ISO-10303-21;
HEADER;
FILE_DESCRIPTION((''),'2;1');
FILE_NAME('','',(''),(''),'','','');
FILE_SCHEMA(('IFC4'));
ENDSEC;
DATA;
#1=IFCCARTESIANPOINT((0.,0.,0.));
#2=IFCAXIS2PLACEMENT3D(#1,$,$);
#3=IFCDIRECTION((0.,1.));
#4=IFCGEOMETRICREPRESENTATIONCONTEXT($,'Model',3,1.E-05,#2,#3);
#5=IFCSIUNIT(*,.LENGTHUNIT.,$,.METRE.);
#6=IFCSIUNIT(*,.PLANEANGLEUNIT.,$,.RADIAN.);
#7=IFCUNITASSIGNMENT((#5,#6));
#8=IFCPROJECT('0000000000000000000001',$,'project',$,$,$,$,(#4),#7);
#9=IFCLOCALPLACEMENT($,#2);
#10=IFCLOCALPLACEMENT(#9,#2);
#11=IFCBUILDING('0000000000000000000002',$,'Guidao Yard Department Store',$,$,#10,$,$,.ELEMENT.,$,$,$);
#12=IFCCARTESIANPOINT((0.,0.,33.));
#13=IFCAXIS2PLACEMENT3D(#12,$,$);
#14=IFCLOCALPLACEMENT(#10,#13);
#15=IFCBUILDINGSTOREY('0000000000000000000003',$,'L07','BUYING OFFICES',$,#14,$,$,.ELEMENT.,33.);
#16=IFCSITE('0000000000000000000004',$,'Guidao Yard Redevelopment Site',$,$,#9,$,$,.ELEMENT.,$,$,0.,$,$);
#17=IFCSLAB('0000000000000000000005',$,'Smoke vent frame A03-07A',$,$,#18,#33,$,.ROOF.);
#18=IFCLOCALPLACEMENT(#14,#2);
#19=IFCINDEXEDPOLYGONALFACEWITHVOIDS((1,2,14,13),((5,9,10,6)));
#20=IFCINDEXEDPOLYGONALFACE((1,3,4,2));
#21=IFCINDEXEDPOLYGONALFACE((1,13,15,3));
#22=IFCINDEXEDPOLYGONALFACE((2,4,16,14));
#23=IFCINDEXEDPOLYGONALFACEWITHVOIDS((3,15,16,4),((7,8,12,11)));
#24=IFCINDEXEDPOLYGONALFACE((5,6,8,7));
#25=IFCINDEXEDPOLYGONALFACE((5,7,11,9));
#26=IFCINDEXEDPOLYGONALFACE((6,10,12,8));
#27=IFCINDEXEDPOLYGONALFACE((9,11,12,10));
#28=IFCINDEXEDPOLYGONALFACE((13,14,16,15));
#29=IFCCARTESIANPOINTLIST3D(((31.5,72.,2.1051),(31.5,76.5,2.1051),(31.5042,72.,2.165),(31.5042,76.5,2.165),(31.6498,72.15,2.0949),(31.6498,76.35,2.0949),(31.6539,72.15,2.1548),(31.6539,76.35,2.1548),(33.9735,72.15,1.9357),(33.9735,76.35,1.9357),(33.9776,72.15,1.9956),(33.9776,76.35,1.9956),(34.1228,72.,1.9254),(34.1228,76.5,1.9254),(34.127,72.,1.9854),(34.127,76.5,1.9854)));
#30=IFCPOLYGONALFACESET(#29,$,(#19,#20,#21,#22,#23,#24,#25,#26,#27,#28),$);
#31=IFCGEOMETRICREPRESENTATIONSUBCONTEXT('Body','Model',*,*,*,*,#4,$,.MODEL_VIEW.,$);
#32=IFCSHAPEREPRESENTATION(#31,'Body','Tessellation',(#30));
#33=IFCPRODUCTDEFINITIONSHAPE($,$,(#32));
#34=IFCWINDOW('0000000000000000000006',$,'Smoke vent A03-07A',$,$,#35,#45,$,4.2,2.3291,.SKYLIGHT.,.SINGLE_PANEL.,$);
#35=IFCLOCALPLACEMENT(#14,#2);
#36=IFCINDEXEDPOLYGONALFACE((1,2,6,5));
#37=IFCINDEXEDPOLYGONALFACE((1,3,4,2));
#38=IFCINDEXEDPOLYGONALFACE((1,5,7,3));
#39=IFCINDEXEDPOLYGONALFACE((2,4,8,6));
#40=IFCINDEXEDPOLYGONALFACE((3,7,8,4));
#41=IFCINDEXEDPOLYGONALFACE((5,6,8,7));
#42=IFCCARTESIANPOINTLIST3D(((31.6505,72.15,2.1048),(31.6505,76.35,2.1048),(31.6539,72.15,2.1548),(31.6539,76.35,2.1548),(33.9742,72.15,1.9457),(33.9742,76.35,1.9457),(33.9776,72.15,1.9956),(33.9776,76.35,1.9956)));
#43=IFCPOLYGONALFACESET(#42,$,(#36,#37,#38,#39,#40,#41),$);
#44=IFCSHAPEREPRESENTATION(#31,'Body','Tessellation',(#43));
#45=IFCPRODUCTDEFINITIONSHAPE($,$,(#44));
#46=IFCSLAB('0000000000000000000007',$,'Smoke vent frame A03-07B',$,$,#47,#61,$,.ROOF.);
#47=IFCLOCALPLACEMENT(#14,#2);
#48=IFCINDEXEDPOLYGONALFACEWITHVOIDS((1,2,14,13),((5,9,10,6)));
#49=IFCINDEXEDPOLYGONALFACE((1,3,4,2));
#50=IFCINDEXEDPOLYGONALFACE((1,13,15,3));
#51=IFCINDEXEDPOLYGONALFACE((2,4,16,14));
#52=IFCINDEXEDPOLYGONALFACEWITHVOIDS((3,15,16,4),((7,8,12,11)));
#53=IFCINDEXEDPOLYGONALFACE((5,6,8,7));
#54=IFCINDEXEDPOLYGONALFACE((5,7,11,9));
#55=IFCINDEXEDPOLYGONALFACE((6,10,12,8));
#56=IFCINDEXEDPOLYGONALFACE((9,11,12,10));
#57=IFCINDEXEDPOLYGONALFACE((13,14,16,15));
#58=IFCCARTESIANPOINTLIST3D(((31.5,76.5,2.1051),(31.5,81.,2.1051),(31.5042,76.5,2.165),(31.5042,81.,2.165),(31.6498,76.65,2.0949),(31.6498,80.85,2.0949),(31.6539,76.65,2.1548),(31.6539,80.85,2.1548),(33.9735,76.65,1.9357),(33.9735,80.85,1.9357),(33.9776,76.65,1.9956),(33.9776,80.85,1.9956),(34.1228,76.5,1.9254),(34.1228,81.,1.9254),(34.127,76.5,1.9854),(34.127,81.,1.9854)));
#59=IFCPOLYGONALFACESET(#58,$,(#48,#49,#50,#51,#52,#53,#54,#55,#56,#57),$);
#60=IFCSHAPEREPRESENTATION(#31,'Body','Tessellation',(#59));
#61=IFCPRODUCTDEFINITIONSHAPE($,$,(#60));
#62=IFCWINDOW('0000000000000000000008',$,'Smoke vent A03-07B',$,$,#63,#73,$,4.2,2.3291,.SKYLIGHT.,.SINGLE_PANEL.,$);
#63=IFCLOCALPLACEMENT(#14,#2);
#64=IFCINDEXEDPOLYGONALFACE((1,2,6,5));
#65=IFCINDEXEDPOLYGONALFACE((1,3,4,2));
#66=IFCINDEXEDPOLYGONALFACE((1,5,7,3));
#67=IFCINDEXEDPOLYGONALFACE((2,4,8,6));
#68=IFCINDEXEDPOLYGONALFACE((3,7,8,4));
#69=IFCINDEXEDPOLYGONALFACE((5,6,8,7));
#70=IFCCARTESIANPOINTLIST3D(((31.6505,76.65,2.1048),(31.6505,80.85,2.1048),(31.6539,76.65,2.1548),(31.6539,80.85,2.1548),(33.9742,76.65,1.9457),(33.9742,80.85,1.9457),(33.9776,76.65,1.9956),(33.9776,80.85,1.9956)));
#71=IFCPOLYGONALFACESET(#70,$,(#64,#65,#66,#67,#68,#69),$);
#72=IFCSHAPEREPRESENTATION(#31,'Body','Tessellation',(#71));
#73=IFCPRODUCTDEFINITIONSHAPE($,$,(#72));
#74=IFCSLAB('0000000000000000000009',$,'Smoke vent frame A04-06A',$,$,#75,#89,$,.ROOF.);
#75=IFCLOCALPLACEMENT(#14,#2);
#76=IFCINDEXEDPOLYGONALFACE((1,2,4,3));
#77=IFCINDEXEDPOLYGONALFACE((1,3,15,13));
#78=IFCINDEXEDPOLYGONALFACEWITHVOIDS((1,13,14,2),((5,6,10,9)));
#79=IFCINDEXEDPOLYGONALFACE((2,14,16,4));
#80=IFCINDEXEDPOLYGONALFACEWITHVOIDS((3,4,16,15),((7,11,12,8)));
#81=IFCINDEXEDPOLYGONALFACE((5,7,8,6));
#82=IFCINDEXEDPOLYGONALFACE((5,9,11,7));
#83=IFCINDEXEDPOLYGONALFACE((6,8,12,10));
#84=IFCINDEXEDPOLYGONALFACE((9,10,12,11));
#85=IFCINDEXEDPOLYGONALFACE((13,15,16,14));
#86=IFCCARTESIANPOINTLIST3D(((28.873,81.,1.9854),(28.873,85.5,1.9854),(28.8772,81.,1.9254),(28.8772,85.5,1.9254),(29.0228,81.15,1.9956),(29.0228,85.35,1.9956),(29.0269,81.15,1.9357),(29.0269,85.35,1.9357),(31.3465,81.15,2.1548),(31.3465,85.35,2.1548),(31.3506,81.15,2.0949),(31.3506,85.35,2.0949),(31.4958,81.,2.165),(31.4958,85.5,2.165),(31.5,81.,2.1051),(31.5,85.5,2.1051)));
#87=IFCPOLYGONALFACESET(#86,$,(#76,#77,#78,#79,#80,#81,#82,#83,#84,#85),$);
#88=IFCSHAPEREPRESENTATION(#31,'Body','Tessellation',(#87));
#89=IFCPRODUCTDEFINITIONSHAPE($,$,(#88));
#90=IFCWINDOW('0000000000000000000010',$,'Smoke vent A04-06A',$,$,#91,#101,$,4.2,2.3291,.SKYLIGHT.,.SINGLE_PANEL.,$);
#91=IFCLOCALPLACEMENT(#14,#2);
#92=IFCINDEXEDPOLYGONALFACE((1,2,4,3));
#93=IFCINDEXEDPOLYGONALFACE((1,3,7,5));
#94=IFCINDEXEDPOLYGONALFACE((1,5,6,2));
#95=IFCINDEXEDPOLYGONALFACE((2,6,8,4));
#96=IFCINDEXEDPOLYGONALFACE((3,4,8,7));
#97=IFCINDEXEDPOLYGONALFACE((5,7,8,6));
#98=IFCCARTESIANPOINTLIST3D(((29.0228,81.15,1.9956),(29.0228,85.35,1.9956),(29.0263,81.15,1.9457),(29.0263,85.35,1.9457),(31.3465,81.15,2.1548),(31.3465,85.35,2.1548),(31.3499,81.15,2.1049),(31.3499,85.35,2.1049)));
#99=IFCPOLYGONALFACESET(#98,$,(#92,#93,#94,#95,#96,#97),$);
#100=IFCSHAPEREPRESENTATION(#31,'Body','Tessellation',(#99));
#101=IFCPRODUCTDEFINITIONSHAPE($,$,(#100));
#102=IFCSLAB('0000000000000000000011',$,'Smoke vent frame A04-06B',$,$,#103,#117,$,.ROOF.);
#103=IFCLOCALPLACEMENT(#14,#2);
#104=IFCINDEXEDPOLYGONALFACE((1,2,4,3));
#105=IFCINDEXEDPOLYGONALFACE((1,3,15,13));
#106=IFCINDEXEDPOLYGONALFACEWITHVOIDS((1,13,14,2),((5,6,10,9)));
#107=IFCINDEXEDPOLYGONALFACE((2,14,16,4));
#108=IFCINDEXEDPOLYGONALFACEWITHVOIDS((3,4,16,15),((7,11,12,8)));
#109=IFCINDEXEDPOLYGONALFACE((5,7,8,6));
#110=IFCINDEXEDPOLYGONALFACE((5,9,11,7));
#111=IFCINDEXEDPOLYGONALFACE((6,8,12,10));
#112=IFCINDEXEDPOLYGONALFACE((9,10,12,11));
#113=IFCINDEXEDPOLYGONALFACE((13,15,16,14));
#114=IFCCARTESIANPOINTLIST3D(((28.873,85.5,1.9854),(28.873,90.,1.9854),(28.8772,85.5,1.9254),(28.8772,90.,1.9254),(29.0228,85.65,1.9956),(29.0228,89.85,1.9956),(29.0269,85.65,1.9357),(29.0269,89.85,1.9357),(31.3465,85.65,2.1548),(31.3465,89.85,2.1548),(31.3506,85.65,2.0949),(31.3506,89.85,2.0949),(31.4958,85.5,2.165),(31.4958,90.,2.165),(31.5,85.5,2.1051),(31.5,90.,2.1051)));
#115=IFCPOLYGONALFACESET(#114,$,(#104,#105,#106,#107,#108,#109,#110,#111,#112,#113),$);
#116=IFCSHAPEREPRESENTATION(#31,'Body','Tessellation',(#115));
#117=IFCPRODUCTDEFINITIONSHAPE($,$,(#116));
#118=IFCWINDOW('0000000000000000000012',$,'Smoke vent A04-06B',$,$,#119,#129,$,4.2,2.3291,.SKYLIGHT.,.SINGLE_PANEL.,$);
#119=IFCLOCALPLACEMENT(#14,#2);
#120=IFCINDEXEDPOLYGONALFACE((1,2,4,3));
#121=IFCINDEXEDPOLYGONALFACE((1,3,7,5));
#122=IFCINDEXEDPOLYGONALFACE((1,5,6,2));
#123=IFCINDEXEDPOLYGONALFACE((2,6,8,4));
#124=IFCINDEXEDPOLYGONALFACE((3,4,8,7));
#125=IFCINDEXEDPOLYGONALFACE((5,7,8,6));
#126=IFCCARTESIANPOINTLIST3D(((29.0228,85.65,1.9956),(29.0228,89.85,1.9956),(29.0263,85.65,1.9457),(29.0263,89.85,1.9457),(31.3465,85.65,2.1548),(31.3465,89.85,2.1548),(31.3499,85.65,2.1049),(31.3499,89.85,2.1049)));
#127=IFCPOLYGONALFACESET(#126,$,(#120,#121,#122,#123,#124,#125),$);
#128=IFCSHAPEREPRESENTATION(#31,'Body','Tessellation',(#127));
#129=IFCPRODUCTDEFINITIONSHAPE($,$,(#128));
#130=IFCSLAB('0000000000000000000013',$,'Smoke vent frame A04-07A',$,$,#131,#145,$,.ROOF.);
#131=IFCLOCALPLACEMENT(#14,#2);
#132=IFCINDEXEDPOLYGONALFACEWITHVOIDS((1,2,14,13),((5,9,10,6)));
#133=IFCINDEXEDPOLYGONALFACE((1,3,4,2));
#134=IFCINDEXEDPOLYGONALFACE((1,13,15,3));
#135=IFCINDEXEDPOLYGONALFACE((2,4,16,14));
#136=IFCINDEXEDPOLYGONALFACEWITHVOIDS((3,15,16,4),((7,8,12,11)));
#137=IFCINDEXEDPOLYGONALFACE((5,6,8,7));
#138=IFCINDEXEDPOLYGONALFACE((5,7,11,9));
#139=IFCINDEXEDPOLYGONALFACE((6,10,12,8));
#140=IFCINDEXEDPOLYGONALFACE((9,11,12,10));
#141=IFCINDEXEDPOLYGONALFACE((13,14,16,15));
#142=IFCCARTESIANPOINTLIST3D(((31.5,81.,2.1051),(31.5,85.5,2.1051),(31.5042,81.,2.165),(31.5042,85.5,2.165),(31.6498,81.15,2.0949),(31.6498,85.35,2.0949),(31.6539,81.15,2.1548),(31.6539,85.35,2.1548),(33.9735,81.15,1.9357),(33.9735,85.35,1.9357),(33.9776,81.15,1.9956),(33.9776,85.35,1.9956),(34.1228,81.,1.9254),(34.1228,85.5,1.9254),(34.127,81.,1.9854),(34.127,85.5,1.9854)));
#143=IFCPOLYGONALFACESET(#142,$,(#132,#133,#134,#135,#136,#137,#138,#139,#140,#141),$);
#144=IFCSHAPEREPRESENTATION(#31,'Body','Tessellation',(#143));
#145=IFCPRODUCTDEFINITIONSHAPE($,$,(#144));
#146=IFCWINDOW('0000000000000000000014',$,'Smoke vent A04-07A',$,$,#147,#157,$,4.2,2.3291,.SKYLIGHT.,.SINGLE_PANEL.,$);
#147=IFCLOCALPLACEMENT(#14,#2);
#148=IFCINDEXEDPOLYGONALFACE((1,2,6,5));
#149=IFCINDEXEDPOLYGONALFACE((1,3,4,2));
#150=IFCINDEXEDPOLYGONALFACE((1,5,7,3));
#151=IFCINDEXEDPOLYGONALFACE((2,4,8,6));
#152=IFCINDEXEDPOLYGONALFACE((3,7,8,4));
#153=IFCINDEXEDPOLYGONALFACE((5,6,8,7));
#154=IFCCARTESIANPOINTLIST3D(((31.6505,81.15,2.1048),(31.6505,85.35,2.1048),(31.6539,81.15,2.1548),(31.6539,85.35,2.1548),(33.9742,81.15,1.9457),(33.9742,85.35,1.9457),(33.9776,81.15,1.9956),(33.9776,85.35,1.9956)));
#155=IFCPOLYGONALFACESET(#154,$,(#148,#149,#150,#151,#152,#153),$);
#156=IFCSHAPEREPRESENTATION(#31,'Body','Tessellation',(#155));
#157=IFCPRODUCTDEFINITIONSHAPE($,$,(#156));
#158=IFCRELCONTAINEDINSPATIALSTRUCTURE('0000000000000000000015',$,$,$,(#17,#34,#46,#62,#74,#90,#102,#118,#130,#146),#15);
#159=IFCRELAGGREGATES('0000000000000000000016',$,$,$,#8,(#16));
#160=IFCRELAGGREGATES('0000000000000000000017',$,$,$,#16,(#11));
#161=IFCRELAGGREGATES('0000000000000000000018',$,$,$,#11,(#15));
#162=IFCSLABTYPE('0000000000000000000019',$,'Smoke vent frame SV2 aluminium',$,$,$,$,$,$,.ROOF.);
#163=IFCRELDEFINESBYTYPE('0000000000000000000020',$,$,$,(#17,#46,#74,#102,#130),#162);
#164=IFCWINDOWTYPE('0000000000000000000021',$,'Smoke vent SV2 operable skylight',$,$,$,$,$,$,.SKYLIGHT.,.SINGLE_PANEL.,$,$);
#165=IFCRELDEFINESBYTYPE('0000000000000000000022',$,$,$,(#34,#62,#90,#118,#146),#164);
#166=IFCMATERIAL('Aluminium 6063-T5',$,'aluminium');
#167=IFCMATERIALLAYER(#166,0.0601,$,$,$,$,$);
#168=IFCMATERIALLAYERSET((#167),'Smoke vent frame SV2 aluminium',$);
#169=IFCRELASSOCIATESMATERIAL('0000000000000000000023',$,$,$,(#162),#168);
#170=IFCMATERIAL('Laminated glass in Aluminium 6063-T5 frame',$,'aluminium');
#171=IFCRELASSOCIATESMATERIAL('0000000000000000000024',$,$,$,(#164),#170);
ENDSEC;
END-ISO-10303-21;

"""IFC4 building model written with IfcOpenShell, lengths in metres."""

from ifc_helpers import new_model, si_unit, direction, frame, origin, origin_2d, place, context, subcontext, project, spatial, polyline, rectangle, outline, extrude, material, layer, layer_set, type_object, element, fill, save


model = new_model("IFC4")

# Units and contexts
model_context = context("Model", 3, precision=1e-05, world=origin(), true_north=direction((0.0, 1.0)))
body_context = subcontext(model_context, "Body", "Model", "MODEL_VIEW")
ifc_project = project(units=[si_unit("LENGTHUNIT", "METRE"), si_unit("PLANEANGLEUNIT", "RADIAN")], contexts=[model_context])

# Site, building, storey
site_placement = place(None, origin())
site = spatial("IfcSite", under=ifc_project, at=site_placement, Name="Guidao Yard Redevelopment Site", CompositionType="ELEMENT", RefElevation=0.0)
building_placement = place(site_placement, origin())
building = spatial("IfcBuilding", under=site, at=building_placement, Name="Guidao Yard Department Store", CompositionType="ELEMENT")
storey_placement = place(building_placement, frame((0.0, 0.0, 33.0)))
storey = spatial("IfcBuildingStorey", under=building, at=storey_placement, Name="L07", Description="BUYING OFFICES", CompositionType="ELEMENT", Elevation=33.0)

# Slabs, openings, windows
ifc_material_1 = material(Name="Aluminium 6063-T5", Category="aluminium")
ifc_layer = layer(ifc_material_1, 0.0601)
ifc_layer_set = layer_set([ifc_layer], Name="Smoke vent frame SV2 aluminium")
slab_type = type_object("IfcSlabType", Name="Smoke vent frame SV2 aluminium", PredefinedType="ROOF", material=ifc_layer_set)
ifc_material_2 = material(Name="Laminated glass in Aluminium 6063-T5 frame", Category="aluminium")
window_type = type_object("IfcWindowType", Name="Smoke vent SV2 operable skylight", PartitioningType="SINGLE_PANEL", PredefinedType="SKYLIGHT", material=ifc_material_2)
slab_1_placement = place(storey_placement, frame((31.5042, 72.0, 2.165), z_axis=(0.06835, 0.0, 0.997661), x_axis=(0.997661, 0.0, -0.06835)))
slab_1 = element("IfcSlab", 1, at=slab_1_placement, inside=storey, type_object=slab_type, Name="Smoke vent frame A03-07A", PredefinedType="ROOF", context=body_context, shape_type="SweptSolid", body=[
    extrude(outline(polyline([(0.0, 0.0), (2.629, 0.0), (2.629, 4.5), (0.0, 4.5), (0.0, 0.0)])), origin(), (0.0, 0.0, -1.0), 0.0601),
])
opening_1_placement = place(slab_1_placement, frame((1.3147, 2.25, 0.0)))
opening_1 = element("IfcOpeningElement", 2, at=opening_1_placement, cuts=slab_1, PredefinedType="OPENING", context=body_context, shape_type="SweptSolid", body=[
    extrude(rectangle(XDim=2.3291, YDim=4.2, at=origin_2d()), frame((0.0, 0.0, 0.01)), (0.0, 0.0, -1.0), 0.0801),
])
window_1_placement = place(opening_1_placement, frame((0.0, 0.0, -0.05)))
window_1 = element("IfcWindow", 3, at=window_1_placement, inside=storey, type_object=window_type, Name="Smoke vent A03-07A", OverallHeight=4.2, OverallWidth=2.3291, PartitioningType="SINGLE_PANEL", PredefinedType="SKYLIGHT", context=body_context, shape_type="SweptSolid", body=[
    extrude(rectangle(XDim=2.3291, YDim=4.2, at=origin_2d()), origin(), (0.0, 0.0, 1.0), 0.05),
])
fill(opening_1, window_1)
slab_2_placement = place(storey_placement, frame((31.5042, 76.5, 2.165), z_axis=(0.06835, 0.0, 0.997661), x_axis=(0.997661, 0.0, -0.06835)))
slab_2 = element("IfcSlab", 4, at=slab_2_placement, inside=storey, type_object=slab_type, Name="Smoke vent frame A03-07B", PredefinedType="ROOF", context=body_context, shape_type="SweptSolid", body=[
    extrude(outline(polyline([(0.0, 0.0), (2.629, 0.0), (2.629, 4.5), (0.0, 4.5), (0.0, 0.0)])), origin(), (0.0, 0.0, -1.0), 0.0601),
])
opening_2_placement = place(slab_2_placement, frame((1.3147, 2.25, 0.0)))
opening_2 = element("IfcOpeningElement", 5, at=opening_2_placement, cuts=slab_2, PredefinedType="OPENING", context=body_context, shape_type="SweptSolid", body=[
    extrude(rectangle(XDim=2.3291, YDim=4.2, at=origin_2d()), frame((0.0, 0.0, 0.01)), (0.0, 0.0, -1.0), 0.0801),
])
window_2_placement = place(opening_2_placement, frame((0.0, 0.0, -0.05)))
window_2 = element("IfcWindow", 6, at=window_2_placement, inside=storey, type_object=window_type, Name="Smoke vent A03-07B", OverallHeight=4.2, OverallWidth=2.3291, PartitioningType="SINGLE_PANEL", PredefinedType="SKYLIGHT", context=body_context, shape_type="SweptSolid", body=[
    extrude(rectangle(XDim=2.3291, YDim=4.2, at=origin_2d()), origin(), (0.0, 0.0, 1.0), 0.05),
])
fill(opening_2, window_2)
slab_3_placement = place(storey_placement, frame((28.873, 81.0, 1.9854), z_axis=(-0.06835, 0.0, 0.997661), x_axis=(0.997661, 0.0, 0.06835)))
slab_3 = element("IfcSlab", 7, at=slab_3_placement, inside=storey, type_object=slab_type, Name="Smoke vent frame A04-06A", PredefinedType="ROOF", context=body_context, shape_type="SweptSolid", body=[
    extrude(outline(polyline([(0.0, 0.0), (2.629, 0.0), (2.629, 4.5), (0.0, 4.5), (0.0, 0.0)])), origin(), (0.0, 0.0, -1.0), 0.0601),
])
opening_3_placement = place(slab_3_placement, frame((1.3147, 2.25, 0.0)))
opening_3 = element("IfcOpeningElement", 8, at=opening_3_placement, cuts=slab_3, PredefinedType="OPENING", context=body_context, shape_type="SweptSolid", body=[
    extrude(rectangle(XDim=2.3291, YDim=4.2, at=origin_2d()), frame((0.0, 0.0, 0.01)), (0.0, 0.0, -1.0), 0.0801),
])
window_3_placement = place(opening_3_placement, frame((0.0, 0.0, -0.05)))
window_3 = element("IfcWindow", 9, at=window_3_placement, inside=storey, type_object=window_type, Name="Smoke vent A04-06A", OverallHeight=4.2, OverallWidth=2.3291, PartitioningType="SINGLE_PANEL", PredefinedType="SKYLIGHT", context=body_context, shape_type="SweptSolid", body=[
    extrude(rectangle(XDim=2.3291, YDim=4.2, at=origin_2d()), origin(), (0.0, 0.0, 1.0), 0.05),
])
fill(opening_3, window_3)
slab_4_placement = place(storey_placement, frame((28.873, 85.5, 1.9854), z_axis=(-0.06835, 0.0, 0.997661), x_axis=(0.997661, 0.0, 0.06835)))
slab_4 = element("IfcSlab", 10, at=slab_4_placement, inside=storey, type_object=slab_type, Name="Smoke vent frame A04-06B", PredefinedType="ROOF", context=body_context, shape_type="SweptSolid", body=[
    extrude(outline(polyline([(0.0, 0.0), (2.629, 0.0), (2.629, 4.5), (0.0, 4.5), (0.0, 0.0)])), origin(), (0.0, 0.0, -1.0), 0.0601),
])
opening_4_placement = place(slab_4_placement, frame((1.3147, 2.25, 0.0)))
opening_4 = element("IfcOpeningElement", 11, at=opening_4_placement, cuts=slab_4, PredefinedType="OPENING", context=body_context, shape_type="SweptSolid", body=[
    extrude(rectangle(XDim=2.3291, YDim=4.2, at=origin_2d()), frame((0.0, 0.0, 0.01)), (0.0, 0.0, -1.0), 0.0801),
])
window_4_placement = place(opening_4_placement, frame((0.0, 0.0, -0.05)))
window_4 = element("IfcWindow", 12, at=window_4_placement, inside=storey, type_object=window_type, Name="Smoke vent A04-06B", OverallHeight=4.2, OverallWidth=2.3291, PartitioningType="SINGLE_PANEL", PredefinedType="SKYLIGHT", context=body_context, shape_type="SweptSolid", body=[
    extrude(rectangle(XDim=2.3291, YDim=4.2, at=origin_2d()), origin(), (0.0, 0.0, 1.0), 0.05),
])
fill(opening_4, window_4)
slab_5_placement = place(storey_placement, frame((31.5042, 81.0, 2.165), z_axis=(0.06835, 0.0, 0.997661), x_axis=(0.997661, 0.0, -0.06835)))
slab_5 = element("IfcSlab", 13, at=slab_5_placement, inside=storey, type_object=slab_type, Name="Smoke vent frame A04-07A", PredefinedType="ROOF", context=body_context, shape_type="SweptSolid", body=[
    extrude(outline(polyline([(0.0, 0.0), (2.629, 0.0), (2.629, 4.5), (0.0, 4.5), (0.0, 0.0)])), origin(), (0.0, 0.0, -1.0), 0.0601),
])
opening_5_placement = place(slab_5_placement, frame((1.3147, 2.25, 0.0)))
opening_5 = element("IfcOpeningElement", 14, at=opening_5_placement, cuts=slab_5, PredefinedType="OPENING", context=body_context, shape_type="SweptSolid", body=[
    extrude(rectangle(XDim=2.3291, YDim=4.2, at=origin_2d()), frame((0.0, 0.0, 0.01)), (0.0, 0.0, -1.0), 0.0801),
])
window_5_placement = place(opening_5_placement, frame((0.0, 0.0, -0.05)))
window_5 = element("IfcWindow", 15, at=window_5_placement, inside=storey, type_object=window_type, Name="Smoke vent A04-07A", OverallHeight=4.2, OverallWidth=2.3291, PartitioningType="SINGLE_PANEL", PredefinedType="SKYLIGHT", context=body_context, shape_type="SweptSolid", body=[
    extrude(rectangle(XDim=2.3291, YDim=4.2, at=origin_2d()), origin(), (0.0, 0.0, 1.0), 0.05),
])
fill(opening_5, window_5)

save(model, "model.ifc")
